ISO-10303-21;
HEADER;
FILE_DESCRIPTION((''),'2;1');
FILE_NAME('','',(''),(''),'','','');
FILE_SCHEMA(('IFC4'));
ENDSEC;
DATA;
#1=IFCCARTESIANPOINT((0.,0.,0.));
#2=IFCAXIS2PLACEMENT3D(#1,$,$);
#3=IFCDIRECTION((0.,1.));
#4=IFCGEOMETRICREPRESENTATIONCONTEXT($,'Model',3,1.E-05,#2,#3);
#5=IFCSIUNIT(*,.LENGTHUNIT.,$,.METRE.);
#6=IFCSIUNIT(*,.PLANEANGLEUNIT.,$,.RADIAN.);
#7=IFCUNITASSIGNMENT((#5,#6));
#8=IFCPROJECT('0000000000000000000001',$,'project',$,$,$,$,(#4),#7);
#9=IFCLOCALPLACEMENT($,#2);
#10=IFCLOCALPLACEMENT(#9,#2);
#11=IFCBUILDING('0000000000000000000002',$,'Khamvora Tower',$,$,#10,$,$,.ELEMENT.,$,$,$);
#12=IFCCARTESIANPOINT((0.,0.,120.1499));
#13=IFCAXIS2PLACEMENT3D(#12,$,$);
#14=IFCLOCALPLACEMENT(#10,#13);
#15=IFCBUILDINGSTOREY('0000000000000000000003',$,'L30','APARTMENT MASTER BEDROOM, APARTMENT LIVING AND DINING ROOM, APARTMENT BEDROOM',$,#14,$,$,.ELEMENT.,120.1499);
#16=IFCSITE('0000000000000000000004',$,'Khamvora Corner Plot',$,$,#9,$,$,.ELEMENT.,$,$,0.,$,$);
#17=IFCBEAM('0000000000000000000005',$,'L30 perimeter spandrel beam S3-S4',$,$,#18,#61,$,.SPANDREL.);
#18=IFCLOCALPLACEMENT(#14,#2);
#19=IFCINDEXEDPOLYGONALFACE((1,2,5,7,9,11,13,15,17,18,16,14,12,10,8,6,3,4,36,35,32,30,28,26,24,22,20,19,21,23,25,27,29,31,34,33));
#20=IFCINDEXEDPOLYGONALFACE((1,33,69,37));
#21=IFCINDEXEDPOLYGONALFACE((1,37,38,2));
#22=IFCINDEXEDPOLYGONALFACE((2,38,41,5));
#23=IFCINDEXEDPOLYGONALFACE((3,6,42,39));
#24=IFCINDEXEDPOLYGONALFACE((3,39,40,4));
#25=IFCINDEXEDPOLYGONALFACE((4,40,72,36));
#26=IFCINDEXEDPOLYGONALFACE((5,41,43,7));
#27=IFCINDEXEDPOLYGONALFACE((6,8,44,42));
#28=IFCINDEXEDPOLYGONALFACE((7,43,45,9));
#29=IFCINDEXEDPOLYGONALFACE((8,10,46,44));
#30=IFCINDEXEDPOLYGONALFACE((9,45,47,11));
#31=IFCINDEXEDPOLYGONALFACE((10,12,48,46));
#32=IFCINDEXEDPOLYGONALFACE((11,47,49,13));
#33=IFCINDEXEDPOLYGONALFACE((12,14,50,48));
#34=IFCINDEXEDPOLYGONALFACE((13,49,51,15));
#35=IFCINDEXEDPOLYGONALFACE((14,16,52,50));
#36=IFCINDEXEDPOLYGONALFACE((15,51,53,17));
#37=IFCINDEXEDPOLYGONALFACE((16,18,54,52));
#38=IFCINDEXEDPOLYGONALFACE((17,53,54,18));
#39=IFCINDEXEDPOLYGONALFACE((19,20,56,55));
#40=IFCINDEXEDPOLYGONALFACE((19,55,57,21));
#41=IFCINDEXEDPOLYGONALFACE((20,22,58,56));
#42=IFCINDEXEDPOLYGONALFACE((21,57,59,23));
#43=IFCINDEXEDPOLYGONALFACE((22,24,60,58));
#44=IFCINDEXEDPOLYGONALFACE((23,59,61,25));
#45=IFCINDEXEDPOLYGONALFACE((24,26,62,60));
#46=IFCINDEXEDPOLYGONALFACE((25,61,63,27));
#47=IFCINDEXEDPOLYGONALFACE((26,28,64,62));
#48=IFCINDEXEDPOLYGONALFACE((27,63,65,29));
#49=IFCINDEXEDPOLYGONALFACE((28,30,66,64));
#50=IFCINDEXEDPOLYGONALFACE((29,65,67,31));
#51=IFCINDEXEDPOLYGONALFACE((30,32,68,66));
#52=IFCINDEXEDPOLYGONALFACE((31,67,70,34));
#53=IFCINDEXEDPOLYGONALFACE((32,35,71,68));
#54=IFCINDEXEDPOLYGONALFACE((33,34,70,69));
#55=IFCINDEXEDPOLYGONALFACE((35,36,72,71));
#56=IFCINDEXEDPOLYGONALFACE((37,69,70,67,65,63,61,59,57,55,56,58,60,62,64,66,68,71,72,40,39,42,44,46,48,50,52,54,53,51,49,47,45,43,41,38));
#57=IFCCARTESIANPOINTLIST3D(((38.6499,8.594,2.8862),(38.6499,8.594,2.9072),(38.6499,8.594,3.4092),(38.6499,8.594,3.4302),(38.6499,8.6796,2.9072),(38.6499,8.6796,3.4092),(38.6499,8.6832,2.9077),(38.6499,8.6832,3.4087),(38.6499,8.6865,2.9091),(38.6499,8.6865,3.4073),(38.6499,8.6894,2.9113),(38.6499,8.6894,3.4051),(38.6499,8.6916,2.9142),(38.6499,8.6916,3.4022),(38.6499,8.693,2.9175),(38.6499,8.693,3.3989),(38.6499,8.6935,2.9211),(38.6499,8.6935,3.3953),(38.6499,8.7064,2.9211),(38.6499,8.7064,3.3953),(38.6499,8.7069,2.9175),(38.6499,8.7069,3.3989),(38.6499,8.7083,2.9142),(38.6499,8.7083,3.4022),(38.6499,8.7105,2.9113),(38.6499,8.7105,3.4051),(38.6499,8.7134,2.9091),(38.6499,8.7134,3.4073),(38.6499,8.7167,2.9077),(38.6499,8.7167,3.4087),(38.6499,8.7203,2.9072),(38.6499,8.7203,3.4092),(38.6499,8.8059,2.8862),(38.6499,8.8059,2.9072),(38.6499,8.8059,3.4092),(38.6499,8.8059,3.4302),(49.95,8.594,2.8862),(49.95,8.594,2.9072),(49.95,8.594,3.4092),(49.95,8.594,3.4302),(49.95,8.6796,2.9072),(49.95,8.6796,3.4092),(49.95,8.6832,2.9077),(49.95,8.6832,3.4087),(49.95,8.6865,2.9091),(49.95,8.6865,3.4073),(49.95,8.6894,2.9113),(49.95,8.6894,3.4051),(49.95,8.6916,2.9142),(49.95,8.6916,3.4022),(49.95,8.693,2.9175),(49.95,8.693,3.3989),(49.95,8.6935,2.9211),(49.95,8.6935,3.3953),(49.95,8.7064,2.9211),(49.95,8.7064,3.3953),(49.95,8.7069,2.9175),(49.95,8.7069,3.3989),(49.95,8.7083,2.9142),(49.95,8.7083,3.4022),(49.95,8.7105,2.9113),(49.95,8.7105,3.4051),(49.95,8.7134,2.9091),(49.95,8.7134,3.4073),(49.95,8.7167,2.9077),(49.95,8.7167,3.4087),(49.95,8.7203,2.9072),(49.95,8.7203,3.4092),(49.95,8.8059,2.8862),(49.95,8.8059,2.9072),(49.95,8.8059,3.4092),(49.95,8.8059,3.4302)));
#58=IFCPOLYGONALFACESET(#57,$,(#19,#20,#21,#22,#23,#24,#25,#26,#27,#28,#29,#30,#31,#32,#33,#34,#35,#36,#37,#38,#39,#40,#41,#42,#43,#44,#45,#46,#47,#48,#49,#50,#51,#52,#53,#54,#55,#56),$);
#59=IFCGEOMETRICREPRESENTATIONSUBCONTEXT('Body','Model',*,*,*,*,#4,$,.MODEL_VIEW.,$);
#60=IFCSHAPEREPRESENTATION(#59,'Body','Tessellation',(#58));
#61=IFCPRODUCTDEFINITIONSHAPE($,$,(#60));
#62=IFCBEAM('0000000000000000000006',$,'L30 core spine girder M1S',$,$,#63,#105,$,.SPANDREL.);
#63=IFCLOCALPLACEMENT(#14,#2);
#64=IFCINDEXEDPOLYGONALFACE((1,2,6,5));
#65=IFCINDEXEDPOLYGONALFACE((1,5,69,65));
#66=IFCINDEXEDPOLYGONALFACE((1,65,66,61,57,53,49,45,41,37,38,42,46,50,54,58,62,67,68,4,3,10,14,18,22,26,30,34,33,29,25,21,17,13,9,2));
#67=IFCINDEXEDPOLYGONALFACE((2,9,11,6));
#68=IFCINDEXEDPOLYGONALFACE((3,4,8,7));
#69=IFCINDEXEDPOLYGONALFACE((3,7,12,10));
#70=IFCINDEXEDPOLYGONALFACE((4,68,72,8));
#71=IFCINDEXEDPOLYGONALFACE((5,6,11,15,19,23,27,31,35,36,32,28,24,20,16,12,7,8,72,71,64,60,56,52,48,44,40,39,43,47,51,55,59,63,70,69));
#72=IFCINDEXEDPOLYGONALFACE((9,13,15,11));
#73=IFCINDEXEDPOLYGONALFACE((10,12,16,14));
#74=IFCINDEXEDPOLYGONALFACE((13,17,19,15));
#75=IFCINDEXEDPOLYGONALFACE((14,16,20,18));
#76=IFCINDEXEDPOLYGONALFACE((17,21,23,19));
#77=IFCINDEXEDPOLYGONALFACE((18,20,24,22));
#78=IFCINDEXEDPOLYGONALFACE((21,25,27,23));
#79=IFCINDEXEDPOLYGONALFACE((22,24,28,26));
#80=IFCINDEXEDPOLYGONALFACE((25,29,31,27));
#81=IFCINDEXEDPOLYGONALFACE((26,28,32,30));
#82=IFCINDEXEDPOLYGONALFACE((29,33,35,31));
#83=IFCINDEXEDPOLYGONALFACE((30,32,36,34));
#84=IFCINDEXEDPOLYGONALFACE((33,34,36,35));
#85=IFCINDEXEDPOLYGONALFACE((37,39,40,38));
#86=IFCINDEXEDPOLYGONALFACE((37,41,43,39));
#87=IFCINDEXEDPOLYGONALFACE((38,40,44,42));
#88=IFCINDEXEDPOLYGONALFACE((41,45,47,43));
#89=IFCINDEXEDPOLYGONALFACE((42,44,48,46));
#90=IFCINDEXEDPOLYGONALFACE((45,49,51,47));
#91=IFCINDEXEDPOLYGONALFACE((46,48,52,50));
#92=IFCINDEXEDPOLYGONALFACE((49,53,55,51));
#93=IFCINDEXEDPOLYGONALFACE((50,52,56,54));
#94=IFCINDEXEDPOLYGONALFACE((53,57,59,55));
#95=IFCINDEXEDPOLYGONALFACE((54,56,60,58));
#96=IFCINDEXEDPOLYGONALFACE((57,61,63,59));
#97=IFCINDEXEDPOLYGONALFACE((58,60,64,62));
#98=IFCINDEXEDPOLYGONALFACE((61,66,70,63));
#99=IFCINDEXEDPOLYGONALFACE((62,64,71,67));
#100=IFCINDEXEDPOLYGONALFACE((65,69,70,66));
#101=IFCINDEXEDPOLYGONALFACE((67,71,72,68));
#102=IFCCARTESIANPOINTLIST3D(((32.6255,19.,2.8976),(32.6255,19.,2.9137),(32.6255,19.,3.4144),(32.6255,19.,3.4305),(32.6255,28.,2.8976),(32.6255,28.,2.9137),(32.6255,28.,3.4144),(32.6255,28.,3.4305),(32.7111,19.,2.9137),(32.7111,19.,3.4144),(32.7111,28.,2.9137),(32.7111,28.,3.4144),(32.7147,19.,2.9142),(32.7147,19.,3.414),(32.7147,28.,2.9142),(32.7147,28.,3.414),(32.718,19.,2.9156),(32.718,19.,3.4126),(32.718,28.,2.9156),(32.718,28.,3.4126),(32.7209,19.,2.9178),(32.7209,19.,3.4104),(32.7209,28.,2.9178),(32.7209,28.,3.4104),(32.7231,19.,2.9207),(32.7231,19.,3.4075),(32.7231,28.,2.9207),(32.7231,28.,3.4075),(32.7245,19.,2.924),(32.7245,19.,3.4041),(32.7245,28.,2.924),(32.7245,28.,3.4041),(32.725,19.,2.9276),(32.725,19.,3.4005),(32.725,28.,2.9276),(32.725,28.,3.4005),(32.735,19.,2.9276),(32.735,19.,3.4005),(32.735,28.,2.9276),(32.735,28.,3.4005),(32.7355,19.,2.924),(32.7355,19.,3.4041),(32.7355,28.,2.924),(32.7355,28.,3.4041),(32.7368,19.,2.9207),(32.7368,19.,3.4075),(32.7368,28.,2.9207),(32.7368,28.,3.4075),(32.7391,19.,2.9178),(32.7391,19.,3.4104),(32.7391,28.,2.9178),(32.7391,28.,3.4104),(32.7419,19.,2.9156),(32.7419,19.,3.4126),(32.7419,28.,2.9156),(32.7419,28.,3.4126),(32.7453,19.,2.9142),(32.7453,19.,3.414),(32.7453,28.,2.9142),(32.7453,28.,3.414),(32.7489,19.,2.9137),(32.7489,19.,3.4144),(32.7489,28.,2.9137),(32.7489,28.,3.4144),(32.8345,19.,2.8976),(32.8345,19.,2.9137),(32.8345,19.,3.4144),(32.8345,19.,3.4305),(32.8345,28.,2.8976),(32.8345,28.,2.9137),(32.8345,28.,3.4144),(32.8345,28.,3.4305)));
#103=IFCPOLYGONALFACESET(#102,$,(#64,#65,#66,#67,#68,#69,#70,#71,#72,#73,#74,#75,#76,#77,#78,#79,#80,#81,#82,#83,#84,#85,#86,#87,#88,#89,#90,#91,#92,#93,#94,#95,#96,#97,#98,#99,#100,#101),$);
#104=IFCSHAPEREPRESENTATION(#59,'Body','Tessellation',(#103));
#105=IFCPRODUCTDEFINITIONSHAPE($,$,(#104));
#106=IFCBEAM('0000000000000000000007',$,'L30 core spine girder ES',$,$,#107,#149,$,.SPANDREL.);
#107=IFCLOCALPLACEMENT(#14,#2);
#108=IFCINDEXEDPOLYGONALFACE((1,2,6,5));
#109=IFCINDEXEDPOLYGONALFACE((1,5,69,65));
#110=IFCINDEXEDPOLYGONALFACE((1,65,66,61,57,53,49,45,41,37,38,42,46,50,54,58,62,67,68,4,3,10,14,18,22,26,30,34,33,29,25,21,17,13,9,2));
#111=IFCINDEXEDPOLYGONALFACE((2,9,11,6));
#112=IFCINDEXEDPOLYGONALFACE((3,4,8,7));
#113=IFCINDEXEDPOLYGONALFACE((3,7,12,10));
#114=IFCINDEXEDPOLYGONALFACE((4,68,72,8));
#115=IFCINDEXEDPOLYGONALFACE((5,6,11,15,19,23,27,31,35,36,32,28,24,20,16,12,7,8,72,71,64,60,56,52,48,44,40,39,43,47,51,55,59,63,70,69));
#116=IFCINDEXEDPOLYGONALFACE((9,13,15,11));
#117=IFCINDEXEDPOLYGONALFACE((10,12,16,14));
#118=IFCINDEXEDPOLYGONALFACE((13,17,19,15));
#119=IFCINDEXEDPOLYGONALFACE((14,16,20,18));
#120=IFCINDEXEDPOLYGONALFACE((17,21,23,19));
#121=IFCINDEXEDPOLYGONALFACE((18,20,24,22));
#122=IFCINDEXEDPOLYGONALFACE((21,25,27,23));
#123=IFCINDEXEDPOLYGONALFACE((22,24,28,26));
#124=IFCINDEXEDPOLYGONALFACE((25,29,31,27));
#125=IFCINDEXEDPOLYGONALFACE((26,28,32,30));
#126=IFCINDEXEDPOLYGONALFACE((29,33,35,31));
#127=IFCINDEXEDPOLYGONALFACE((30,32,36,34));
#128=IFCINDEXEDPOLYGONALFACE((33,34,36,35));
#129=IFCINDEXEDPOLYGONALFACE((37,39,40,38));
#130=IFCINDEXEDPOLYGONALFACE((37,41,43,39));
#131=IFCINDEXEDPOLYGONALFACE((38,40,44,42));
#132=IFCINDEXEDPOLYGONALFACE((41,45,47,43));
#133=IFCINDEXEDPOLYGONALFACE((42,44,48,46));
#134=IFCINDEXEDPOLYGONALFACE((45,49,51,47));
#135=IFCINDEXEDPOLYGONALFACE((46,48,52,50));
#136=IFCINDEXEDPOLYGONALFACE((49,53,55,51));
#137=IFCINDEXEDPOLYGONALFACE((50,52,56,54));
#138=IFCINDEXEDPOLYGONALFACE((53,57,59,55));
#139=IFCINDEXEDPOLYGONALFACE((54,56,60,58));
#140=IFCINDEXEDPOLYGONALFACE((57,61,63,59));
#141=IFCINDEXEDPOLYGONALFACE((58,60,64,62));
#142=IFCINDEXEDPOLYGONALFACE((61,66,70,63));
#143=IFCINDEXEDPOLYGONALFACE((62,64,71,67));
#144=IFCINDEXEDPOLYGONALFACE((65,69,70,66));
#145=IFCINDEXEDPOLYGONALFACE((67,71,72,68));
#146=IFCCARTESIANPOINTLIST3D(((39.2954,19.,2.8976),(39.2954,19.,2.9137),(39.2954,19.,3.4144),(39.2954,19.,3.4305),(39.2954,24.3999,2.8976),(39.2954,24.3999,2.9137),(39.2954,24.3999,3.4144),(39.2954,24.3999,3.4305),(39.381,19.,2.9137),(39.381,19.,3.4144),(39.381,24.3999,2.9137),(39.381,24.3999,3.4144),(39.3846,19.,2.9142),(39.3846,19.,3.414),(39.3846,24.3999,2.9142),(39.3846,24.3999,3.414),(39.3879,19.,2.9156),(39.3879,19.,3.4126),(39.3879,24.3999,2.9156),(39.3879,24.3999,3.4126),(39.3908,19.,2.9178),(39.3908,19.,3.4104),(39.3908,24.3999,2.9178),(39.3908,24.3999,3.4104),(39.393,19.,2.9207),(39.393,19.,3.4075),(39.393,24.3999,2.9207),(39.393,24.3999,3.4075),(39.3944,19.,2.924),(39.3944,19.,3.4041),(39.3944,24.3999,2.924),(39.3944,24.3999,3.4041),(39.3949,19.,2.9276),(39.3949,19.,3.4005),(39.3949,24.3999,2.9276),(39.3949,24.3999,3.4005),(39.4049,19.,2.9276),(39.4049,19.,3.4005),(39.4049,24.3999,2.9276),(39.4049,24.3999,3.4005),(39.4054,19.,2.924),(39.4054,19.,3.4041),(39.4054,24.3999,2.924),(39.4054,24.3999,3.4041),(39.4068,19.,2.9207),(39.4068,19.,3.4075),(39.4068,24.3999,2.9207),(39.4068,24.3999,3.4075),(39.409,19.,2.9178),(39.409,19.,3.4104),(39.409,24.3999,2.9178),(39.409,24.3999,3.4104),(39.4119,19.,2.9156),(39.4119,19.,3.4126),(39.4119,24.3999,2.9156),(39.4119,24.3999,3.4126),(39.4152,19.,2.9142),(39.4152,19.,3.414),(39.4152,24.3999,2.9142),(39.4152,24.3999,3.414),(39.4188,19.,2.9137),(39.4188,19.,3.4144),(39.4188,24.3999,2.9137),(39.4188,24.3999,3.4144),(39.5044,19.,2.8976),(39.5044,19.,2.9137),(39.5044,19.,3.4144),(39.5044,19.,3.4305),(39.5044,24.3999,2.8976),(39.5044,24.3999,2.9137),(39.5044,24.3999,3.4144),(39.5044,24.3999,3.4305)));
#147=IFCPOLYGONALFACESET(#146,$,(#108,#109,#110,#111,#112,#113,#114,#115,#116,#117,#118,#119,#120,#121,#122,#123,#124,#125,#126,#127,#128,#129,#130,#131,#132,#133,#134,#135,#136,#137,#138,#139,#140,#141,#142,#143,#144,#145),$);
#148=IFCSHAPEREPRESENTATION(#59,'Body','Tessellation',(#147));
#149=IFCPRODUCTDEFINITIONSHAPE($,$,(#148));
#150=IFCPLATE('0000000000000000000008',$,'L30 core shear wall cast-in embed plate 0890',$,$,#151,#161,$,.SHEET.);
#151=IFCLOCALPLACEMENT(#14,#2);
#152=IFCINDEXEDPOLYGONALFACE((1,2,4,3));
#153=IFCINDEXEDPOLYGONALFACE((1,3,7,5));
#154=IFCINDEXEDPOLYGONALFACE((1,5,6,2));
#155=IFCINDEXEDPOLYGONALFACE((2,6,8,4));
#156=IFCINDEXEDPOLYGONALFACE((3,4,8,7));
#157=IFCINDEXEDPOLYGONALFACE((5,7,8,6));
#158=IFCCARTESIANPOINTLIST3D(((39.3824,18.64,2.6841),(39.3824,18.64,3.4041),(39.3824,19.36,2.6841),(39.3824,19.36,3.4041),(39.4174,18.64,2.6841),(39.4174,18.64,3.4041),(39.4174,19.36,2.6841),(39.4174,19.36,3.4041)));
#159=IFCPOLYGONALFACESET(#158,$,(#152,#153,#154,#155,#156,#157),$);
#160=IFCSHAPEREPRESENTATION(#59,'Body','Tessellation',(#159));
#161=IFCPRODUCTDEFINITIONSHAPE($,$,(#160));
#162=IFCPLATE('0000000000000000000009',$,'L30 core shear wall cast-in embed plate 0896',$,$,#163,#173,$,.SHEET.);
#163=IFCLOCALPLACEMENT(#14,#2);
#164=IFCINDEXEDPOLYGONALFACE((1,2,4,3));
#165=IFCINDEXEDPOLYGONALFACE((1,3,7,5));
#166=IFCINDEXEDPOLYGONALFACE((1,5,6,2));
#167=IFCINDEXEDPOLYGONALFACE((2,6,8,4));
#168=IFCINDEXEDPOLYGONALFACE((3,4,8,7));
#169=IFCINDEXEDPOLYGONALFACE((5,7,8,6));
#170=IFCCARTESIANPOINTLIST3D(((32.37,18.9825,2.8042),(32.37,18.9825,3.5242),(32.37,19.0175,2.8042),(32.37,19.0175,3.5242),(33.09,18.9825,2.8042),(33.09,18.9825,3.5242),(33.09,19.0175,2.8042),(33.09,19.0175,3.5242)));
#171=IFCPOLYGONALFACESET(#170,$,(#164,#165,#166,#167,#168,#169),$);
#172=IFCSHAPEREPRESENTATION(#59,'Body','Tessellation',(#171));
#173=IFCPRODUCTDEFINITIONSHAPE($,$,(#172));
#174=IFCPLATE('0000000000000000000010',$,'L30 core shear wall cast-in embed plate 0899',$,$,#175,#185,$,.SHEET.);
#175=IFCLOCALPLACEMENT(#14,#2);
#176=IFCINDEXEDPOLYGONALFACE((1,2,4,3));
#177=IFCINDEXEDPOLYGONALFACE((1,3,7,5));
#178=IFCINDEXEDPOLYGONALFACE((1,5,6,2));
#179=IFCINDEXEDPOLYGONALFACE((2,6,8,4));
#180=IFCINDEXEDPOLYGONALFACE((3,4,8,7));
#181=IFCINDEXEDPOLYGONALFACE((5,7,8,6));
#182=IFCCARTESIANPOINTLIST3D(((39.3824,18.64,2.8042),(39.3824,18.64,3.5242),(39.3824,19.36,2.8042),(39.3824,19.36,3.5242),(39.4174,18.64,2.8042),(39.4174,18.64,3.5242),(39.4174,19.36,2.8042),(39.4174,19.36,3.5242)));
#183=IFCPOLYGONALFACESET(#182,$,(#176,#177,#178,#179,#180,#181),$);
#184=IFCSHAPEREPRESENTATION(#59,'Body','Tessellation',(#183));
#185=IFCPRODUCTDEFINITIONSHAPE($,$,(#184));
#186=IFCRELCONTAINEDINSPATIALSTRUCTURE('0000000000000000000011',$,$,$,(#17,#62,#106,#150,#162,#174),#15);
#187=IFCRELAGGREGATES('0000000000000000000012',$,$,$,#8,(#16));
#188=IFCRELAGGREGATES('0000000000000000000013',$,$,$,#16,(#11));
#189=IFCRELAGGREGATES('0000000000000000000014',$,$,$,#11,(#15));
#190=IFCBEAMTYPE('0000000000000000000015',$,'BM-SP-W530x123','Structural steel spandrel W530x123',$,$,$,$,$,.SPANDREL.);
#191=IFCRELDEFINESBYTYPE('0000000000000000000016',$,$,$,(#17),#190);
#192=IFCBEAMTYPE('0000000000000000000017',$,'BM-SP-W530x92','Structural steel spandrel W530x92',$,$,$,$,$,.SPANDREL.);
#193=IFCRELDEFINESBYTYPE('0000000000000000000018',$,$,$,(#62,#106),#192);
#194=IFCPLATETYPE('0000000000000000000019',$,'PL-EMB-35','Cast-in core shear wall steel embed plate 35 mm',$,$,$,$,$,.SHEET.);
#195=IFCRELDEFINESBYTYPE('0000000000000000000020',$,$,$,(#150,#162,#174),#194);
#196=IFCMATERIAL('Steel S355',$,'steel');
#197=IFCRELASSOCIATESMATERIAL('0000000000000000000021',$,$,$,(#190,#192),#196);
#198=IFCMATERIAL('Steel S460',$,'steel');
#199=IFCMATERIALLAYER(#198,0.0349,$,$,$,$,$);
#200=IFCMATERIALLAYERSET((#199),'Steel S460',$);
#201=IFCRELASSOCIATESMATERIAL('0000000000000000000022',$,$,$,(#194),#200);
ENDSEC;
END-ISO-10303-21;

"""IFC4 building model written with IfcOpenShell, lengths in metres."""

from ifc_helpers import new_model, si_unit, direction, frame, origin, origin_2d, place, context, subcontext, project, spatial, rectangle, i_section, extrude, material, layer, layer_set, material_profile, profile_set, type_object, element, save


model = new_model("IFC4")

# Units and contexts
model_context = context("Model", 3, precision=1e-05, world=origin(), true_north=direction((0.0, 1.0)))
body_context = subcontext(model_context, "Body", "Model", "MODEL_VIEW")
ifc_project = project(units=[si_unit("LENGTHUNIT", "METRE"), si_unit("PLANEANGLEUNIT", "RADIAN")], contexts=[model_context])

# Site, building, storey
site_placement = place(None, origin())
site = spatial("IfcSite", under=ifc_project, at=site_placement, Name="Khamvora Corner Plot", CompositionType="ELEMENT", RefElevation=0.0)
building_placement = place(site_placement, origin())
building = spatial("IfcBuilding", under=site, at=building_placement, Name="Khamvora Tower", CompositionType="ELEMENT")
storey_placement = place(building_placement, frame((0.0, 0.0, 120.1499)))
storey = spatial("IfcBuildingStorey", under=building, at=storey_placement, Name="L30", Description="APARTMENT MASTER BEDROOM, APARTMENT LIVING AND DINING ROOM, APARTMENT BEDROOM", CompositionType="ELEMENT", Elevation=120.1499)

# Shared definitions
ifc_material_1 = material(Name="Steel S355", Category="steel")
ifc_material_2 = material(Name="Steel S460", Category="steel")

# Beams
ifc_material_profile_1 = material_profile(ifc_material_1, i_section(OverallWidth=0.2119, OverallDepth=0.5439, WebThickness=0.0129, FlangeThickness=0.021, FilletRadius=0.0139, at=origin_2d()), Name="W530x123")
ifc_profile_set_1 = profile_set([ifc_material_profile_1], Name="Steel S355")
beam_type_1 = type_object("IfcBeamType", Name="BM-SP-W530x123", Description="Structural steel spandrel W530x123", PredefinedType="SPANDREL", material=ifc_profile_set_1)
beam_1_placement = place(storey_placement, frame((38.6499, 8.7, 3.1582), z_axis=(1.0, 0.0, 0.0), x_axis=(0.0, 1.0, 0.0)))
element("IfcBeam", 1, at=beam_1_placement, inside=storey, type_object=beam_type_1, Name="L30 perimeter spandrel beam S3-S4", PredefinedType="SPANDREL", context=body_context, shape_type="SweptSolid", body=[
    extrude(i_section(OverallWidth=0.2119, OverallDepth=0.5439, WebThickness=0.0129, FlangeThickness=0.021, FilletRadius=0.0139, at=origin_2d()), origin(), (0.0, 0.0, 1.0), 11.3),
])
ifc_material_profile_2 = material_profile(ifc_material_1, i_section(OverallWidth=0.209, OverallDepth=0.533, WebThickness=0.01, FlangeThickness=0.0161, FilletRadius=0.0139, at=origin_2d()), Name="W530x92")
ifc_profile_set_2 = profile_set([ifc_material_profile_2], Name="Steel S355")
beam_type_2 = type_object("IfcBeamType", Name="BM-SP-W530x92", Description="Structural steel spandrel W530x92", PredefinedType="SPANDREL", material=ifc_profile_set_2)
beam_2_placement = place(storey_placement, frame((32.73, 19.0, 3.1641), z_axis=(0.0, 1.0, 0.0), x_axis=(-1.0, 0.0, 0.0)))
element("IfcBeam", 2, at=beam_2_placement, inside=storey, type_object=beam_type_2, Name="L30 core spine girder M1S", PredefinedType="SPANDREL", context=body_context, shape_type="SweptSolid", body=[
    extrude(i_section(OverallWidth=0.209, OverallDepth=0.533, WebThickness=0.01, FlangeThickness=0.0161, FilletRadius=0.0139, at=origin_2d()), origin(), (0.0, 0.0, 1.0), 9.0),
])
beam_3_placement = place(storey_placement, frame((39.3999, 19.0, 3.1641), z_axis=(0.0, 1.0, 0.0), x_axis=(-1.0, 0.0, 0.0)))
element("IfcBeam", 3, at=beam_3_placement, inside=storey, type_object=beam_type_2, Name="L30 core spine girder ES", PredefinedType="SPANDREL", context=body_context, shape_type="SweptSolid", body=[
    extrude(i_section(OverallWidth=0.209, OverallDepth=0.533, WebThickness=0.01, FlangeThickness=0.0161, FilletRadius=0.0139, at=origin_2d()), origin(), (0.0, 0.0, 1.0), 5.3999),
])

# Plates
ifc_layer_1 = layer(ifc_material_2, 0.0349)
ifc_layer_set_1 = layer_set([ifc_layer_1], Name="Steel S460")
plate_type = type_object("IfcPlateType", Name="PL-EMB-35", Description="Cast-in core shear wall steel embed plate 35 mm", PredefinedType="SHEET", material=ifc_layer_set_1)
plate_1_placement = place(storey_placement, frame((39.3999, 19.0, 2.6841), z_axis=(0.0, 0.0, 1.0), x_axis=(1.0, 0.0, 0.0)))
element("IfcPlate", 4, at=plate_1_placement, inside=storey, type_object=plate_type, Name="L30 core shear wall cast-in embed plate 0890", PredefinedType="SHEET", context=body_context, shape_type="SweptSolid", body=[
    extrude(rectangle(XDim=0.0349, YDim=0.72, at=origin_2d()), origin(), (0.0, 0.0, 1.0), 0.72),
])
plate_2_placement = place(storey_placement, frame((32.73, 19.0, 2.8042), z_axis=(0.0, 0.0, 1.0), x_axis=(1.0, 0.0, 0.0)))
element("IfcPlate", 5, at=plate_2_placement, inside=storey, type_object=plate_type, Name="L30 core shear wall cast-in embed plate 0896", PredefinedType="SHEET", context=body_context, shape_type="SweptSolid", body=[
    extrude(rectangle(XDim=0.72, YDim=0.0349, at=origin_2d()), origin(), (0.0, 0.0, 1.0), 0.72),
])
plate_3_placement = place(storey_placement, frame((39.3999, 19.0, 2.8042), z_axis=(0.0, 0.0, 1.0), x_axis=(1.0, 0.0, 0.0)))
element("IfcPlate", 6, at=plate_3_placement, inside=storey, type_object=plate_type, Name="L30 core shear wall cast-in embed plate 0899", PredefinedType="SHEET", context=body_context, shape_type="SweptSolid", body=[
    extrude(rectangle(XDim=0.0349, YDim=0.72, at=origin_2d()), origin(), (0.0, 0.0, 1.0), 0.72),
])

save(model, "model.ifc")
